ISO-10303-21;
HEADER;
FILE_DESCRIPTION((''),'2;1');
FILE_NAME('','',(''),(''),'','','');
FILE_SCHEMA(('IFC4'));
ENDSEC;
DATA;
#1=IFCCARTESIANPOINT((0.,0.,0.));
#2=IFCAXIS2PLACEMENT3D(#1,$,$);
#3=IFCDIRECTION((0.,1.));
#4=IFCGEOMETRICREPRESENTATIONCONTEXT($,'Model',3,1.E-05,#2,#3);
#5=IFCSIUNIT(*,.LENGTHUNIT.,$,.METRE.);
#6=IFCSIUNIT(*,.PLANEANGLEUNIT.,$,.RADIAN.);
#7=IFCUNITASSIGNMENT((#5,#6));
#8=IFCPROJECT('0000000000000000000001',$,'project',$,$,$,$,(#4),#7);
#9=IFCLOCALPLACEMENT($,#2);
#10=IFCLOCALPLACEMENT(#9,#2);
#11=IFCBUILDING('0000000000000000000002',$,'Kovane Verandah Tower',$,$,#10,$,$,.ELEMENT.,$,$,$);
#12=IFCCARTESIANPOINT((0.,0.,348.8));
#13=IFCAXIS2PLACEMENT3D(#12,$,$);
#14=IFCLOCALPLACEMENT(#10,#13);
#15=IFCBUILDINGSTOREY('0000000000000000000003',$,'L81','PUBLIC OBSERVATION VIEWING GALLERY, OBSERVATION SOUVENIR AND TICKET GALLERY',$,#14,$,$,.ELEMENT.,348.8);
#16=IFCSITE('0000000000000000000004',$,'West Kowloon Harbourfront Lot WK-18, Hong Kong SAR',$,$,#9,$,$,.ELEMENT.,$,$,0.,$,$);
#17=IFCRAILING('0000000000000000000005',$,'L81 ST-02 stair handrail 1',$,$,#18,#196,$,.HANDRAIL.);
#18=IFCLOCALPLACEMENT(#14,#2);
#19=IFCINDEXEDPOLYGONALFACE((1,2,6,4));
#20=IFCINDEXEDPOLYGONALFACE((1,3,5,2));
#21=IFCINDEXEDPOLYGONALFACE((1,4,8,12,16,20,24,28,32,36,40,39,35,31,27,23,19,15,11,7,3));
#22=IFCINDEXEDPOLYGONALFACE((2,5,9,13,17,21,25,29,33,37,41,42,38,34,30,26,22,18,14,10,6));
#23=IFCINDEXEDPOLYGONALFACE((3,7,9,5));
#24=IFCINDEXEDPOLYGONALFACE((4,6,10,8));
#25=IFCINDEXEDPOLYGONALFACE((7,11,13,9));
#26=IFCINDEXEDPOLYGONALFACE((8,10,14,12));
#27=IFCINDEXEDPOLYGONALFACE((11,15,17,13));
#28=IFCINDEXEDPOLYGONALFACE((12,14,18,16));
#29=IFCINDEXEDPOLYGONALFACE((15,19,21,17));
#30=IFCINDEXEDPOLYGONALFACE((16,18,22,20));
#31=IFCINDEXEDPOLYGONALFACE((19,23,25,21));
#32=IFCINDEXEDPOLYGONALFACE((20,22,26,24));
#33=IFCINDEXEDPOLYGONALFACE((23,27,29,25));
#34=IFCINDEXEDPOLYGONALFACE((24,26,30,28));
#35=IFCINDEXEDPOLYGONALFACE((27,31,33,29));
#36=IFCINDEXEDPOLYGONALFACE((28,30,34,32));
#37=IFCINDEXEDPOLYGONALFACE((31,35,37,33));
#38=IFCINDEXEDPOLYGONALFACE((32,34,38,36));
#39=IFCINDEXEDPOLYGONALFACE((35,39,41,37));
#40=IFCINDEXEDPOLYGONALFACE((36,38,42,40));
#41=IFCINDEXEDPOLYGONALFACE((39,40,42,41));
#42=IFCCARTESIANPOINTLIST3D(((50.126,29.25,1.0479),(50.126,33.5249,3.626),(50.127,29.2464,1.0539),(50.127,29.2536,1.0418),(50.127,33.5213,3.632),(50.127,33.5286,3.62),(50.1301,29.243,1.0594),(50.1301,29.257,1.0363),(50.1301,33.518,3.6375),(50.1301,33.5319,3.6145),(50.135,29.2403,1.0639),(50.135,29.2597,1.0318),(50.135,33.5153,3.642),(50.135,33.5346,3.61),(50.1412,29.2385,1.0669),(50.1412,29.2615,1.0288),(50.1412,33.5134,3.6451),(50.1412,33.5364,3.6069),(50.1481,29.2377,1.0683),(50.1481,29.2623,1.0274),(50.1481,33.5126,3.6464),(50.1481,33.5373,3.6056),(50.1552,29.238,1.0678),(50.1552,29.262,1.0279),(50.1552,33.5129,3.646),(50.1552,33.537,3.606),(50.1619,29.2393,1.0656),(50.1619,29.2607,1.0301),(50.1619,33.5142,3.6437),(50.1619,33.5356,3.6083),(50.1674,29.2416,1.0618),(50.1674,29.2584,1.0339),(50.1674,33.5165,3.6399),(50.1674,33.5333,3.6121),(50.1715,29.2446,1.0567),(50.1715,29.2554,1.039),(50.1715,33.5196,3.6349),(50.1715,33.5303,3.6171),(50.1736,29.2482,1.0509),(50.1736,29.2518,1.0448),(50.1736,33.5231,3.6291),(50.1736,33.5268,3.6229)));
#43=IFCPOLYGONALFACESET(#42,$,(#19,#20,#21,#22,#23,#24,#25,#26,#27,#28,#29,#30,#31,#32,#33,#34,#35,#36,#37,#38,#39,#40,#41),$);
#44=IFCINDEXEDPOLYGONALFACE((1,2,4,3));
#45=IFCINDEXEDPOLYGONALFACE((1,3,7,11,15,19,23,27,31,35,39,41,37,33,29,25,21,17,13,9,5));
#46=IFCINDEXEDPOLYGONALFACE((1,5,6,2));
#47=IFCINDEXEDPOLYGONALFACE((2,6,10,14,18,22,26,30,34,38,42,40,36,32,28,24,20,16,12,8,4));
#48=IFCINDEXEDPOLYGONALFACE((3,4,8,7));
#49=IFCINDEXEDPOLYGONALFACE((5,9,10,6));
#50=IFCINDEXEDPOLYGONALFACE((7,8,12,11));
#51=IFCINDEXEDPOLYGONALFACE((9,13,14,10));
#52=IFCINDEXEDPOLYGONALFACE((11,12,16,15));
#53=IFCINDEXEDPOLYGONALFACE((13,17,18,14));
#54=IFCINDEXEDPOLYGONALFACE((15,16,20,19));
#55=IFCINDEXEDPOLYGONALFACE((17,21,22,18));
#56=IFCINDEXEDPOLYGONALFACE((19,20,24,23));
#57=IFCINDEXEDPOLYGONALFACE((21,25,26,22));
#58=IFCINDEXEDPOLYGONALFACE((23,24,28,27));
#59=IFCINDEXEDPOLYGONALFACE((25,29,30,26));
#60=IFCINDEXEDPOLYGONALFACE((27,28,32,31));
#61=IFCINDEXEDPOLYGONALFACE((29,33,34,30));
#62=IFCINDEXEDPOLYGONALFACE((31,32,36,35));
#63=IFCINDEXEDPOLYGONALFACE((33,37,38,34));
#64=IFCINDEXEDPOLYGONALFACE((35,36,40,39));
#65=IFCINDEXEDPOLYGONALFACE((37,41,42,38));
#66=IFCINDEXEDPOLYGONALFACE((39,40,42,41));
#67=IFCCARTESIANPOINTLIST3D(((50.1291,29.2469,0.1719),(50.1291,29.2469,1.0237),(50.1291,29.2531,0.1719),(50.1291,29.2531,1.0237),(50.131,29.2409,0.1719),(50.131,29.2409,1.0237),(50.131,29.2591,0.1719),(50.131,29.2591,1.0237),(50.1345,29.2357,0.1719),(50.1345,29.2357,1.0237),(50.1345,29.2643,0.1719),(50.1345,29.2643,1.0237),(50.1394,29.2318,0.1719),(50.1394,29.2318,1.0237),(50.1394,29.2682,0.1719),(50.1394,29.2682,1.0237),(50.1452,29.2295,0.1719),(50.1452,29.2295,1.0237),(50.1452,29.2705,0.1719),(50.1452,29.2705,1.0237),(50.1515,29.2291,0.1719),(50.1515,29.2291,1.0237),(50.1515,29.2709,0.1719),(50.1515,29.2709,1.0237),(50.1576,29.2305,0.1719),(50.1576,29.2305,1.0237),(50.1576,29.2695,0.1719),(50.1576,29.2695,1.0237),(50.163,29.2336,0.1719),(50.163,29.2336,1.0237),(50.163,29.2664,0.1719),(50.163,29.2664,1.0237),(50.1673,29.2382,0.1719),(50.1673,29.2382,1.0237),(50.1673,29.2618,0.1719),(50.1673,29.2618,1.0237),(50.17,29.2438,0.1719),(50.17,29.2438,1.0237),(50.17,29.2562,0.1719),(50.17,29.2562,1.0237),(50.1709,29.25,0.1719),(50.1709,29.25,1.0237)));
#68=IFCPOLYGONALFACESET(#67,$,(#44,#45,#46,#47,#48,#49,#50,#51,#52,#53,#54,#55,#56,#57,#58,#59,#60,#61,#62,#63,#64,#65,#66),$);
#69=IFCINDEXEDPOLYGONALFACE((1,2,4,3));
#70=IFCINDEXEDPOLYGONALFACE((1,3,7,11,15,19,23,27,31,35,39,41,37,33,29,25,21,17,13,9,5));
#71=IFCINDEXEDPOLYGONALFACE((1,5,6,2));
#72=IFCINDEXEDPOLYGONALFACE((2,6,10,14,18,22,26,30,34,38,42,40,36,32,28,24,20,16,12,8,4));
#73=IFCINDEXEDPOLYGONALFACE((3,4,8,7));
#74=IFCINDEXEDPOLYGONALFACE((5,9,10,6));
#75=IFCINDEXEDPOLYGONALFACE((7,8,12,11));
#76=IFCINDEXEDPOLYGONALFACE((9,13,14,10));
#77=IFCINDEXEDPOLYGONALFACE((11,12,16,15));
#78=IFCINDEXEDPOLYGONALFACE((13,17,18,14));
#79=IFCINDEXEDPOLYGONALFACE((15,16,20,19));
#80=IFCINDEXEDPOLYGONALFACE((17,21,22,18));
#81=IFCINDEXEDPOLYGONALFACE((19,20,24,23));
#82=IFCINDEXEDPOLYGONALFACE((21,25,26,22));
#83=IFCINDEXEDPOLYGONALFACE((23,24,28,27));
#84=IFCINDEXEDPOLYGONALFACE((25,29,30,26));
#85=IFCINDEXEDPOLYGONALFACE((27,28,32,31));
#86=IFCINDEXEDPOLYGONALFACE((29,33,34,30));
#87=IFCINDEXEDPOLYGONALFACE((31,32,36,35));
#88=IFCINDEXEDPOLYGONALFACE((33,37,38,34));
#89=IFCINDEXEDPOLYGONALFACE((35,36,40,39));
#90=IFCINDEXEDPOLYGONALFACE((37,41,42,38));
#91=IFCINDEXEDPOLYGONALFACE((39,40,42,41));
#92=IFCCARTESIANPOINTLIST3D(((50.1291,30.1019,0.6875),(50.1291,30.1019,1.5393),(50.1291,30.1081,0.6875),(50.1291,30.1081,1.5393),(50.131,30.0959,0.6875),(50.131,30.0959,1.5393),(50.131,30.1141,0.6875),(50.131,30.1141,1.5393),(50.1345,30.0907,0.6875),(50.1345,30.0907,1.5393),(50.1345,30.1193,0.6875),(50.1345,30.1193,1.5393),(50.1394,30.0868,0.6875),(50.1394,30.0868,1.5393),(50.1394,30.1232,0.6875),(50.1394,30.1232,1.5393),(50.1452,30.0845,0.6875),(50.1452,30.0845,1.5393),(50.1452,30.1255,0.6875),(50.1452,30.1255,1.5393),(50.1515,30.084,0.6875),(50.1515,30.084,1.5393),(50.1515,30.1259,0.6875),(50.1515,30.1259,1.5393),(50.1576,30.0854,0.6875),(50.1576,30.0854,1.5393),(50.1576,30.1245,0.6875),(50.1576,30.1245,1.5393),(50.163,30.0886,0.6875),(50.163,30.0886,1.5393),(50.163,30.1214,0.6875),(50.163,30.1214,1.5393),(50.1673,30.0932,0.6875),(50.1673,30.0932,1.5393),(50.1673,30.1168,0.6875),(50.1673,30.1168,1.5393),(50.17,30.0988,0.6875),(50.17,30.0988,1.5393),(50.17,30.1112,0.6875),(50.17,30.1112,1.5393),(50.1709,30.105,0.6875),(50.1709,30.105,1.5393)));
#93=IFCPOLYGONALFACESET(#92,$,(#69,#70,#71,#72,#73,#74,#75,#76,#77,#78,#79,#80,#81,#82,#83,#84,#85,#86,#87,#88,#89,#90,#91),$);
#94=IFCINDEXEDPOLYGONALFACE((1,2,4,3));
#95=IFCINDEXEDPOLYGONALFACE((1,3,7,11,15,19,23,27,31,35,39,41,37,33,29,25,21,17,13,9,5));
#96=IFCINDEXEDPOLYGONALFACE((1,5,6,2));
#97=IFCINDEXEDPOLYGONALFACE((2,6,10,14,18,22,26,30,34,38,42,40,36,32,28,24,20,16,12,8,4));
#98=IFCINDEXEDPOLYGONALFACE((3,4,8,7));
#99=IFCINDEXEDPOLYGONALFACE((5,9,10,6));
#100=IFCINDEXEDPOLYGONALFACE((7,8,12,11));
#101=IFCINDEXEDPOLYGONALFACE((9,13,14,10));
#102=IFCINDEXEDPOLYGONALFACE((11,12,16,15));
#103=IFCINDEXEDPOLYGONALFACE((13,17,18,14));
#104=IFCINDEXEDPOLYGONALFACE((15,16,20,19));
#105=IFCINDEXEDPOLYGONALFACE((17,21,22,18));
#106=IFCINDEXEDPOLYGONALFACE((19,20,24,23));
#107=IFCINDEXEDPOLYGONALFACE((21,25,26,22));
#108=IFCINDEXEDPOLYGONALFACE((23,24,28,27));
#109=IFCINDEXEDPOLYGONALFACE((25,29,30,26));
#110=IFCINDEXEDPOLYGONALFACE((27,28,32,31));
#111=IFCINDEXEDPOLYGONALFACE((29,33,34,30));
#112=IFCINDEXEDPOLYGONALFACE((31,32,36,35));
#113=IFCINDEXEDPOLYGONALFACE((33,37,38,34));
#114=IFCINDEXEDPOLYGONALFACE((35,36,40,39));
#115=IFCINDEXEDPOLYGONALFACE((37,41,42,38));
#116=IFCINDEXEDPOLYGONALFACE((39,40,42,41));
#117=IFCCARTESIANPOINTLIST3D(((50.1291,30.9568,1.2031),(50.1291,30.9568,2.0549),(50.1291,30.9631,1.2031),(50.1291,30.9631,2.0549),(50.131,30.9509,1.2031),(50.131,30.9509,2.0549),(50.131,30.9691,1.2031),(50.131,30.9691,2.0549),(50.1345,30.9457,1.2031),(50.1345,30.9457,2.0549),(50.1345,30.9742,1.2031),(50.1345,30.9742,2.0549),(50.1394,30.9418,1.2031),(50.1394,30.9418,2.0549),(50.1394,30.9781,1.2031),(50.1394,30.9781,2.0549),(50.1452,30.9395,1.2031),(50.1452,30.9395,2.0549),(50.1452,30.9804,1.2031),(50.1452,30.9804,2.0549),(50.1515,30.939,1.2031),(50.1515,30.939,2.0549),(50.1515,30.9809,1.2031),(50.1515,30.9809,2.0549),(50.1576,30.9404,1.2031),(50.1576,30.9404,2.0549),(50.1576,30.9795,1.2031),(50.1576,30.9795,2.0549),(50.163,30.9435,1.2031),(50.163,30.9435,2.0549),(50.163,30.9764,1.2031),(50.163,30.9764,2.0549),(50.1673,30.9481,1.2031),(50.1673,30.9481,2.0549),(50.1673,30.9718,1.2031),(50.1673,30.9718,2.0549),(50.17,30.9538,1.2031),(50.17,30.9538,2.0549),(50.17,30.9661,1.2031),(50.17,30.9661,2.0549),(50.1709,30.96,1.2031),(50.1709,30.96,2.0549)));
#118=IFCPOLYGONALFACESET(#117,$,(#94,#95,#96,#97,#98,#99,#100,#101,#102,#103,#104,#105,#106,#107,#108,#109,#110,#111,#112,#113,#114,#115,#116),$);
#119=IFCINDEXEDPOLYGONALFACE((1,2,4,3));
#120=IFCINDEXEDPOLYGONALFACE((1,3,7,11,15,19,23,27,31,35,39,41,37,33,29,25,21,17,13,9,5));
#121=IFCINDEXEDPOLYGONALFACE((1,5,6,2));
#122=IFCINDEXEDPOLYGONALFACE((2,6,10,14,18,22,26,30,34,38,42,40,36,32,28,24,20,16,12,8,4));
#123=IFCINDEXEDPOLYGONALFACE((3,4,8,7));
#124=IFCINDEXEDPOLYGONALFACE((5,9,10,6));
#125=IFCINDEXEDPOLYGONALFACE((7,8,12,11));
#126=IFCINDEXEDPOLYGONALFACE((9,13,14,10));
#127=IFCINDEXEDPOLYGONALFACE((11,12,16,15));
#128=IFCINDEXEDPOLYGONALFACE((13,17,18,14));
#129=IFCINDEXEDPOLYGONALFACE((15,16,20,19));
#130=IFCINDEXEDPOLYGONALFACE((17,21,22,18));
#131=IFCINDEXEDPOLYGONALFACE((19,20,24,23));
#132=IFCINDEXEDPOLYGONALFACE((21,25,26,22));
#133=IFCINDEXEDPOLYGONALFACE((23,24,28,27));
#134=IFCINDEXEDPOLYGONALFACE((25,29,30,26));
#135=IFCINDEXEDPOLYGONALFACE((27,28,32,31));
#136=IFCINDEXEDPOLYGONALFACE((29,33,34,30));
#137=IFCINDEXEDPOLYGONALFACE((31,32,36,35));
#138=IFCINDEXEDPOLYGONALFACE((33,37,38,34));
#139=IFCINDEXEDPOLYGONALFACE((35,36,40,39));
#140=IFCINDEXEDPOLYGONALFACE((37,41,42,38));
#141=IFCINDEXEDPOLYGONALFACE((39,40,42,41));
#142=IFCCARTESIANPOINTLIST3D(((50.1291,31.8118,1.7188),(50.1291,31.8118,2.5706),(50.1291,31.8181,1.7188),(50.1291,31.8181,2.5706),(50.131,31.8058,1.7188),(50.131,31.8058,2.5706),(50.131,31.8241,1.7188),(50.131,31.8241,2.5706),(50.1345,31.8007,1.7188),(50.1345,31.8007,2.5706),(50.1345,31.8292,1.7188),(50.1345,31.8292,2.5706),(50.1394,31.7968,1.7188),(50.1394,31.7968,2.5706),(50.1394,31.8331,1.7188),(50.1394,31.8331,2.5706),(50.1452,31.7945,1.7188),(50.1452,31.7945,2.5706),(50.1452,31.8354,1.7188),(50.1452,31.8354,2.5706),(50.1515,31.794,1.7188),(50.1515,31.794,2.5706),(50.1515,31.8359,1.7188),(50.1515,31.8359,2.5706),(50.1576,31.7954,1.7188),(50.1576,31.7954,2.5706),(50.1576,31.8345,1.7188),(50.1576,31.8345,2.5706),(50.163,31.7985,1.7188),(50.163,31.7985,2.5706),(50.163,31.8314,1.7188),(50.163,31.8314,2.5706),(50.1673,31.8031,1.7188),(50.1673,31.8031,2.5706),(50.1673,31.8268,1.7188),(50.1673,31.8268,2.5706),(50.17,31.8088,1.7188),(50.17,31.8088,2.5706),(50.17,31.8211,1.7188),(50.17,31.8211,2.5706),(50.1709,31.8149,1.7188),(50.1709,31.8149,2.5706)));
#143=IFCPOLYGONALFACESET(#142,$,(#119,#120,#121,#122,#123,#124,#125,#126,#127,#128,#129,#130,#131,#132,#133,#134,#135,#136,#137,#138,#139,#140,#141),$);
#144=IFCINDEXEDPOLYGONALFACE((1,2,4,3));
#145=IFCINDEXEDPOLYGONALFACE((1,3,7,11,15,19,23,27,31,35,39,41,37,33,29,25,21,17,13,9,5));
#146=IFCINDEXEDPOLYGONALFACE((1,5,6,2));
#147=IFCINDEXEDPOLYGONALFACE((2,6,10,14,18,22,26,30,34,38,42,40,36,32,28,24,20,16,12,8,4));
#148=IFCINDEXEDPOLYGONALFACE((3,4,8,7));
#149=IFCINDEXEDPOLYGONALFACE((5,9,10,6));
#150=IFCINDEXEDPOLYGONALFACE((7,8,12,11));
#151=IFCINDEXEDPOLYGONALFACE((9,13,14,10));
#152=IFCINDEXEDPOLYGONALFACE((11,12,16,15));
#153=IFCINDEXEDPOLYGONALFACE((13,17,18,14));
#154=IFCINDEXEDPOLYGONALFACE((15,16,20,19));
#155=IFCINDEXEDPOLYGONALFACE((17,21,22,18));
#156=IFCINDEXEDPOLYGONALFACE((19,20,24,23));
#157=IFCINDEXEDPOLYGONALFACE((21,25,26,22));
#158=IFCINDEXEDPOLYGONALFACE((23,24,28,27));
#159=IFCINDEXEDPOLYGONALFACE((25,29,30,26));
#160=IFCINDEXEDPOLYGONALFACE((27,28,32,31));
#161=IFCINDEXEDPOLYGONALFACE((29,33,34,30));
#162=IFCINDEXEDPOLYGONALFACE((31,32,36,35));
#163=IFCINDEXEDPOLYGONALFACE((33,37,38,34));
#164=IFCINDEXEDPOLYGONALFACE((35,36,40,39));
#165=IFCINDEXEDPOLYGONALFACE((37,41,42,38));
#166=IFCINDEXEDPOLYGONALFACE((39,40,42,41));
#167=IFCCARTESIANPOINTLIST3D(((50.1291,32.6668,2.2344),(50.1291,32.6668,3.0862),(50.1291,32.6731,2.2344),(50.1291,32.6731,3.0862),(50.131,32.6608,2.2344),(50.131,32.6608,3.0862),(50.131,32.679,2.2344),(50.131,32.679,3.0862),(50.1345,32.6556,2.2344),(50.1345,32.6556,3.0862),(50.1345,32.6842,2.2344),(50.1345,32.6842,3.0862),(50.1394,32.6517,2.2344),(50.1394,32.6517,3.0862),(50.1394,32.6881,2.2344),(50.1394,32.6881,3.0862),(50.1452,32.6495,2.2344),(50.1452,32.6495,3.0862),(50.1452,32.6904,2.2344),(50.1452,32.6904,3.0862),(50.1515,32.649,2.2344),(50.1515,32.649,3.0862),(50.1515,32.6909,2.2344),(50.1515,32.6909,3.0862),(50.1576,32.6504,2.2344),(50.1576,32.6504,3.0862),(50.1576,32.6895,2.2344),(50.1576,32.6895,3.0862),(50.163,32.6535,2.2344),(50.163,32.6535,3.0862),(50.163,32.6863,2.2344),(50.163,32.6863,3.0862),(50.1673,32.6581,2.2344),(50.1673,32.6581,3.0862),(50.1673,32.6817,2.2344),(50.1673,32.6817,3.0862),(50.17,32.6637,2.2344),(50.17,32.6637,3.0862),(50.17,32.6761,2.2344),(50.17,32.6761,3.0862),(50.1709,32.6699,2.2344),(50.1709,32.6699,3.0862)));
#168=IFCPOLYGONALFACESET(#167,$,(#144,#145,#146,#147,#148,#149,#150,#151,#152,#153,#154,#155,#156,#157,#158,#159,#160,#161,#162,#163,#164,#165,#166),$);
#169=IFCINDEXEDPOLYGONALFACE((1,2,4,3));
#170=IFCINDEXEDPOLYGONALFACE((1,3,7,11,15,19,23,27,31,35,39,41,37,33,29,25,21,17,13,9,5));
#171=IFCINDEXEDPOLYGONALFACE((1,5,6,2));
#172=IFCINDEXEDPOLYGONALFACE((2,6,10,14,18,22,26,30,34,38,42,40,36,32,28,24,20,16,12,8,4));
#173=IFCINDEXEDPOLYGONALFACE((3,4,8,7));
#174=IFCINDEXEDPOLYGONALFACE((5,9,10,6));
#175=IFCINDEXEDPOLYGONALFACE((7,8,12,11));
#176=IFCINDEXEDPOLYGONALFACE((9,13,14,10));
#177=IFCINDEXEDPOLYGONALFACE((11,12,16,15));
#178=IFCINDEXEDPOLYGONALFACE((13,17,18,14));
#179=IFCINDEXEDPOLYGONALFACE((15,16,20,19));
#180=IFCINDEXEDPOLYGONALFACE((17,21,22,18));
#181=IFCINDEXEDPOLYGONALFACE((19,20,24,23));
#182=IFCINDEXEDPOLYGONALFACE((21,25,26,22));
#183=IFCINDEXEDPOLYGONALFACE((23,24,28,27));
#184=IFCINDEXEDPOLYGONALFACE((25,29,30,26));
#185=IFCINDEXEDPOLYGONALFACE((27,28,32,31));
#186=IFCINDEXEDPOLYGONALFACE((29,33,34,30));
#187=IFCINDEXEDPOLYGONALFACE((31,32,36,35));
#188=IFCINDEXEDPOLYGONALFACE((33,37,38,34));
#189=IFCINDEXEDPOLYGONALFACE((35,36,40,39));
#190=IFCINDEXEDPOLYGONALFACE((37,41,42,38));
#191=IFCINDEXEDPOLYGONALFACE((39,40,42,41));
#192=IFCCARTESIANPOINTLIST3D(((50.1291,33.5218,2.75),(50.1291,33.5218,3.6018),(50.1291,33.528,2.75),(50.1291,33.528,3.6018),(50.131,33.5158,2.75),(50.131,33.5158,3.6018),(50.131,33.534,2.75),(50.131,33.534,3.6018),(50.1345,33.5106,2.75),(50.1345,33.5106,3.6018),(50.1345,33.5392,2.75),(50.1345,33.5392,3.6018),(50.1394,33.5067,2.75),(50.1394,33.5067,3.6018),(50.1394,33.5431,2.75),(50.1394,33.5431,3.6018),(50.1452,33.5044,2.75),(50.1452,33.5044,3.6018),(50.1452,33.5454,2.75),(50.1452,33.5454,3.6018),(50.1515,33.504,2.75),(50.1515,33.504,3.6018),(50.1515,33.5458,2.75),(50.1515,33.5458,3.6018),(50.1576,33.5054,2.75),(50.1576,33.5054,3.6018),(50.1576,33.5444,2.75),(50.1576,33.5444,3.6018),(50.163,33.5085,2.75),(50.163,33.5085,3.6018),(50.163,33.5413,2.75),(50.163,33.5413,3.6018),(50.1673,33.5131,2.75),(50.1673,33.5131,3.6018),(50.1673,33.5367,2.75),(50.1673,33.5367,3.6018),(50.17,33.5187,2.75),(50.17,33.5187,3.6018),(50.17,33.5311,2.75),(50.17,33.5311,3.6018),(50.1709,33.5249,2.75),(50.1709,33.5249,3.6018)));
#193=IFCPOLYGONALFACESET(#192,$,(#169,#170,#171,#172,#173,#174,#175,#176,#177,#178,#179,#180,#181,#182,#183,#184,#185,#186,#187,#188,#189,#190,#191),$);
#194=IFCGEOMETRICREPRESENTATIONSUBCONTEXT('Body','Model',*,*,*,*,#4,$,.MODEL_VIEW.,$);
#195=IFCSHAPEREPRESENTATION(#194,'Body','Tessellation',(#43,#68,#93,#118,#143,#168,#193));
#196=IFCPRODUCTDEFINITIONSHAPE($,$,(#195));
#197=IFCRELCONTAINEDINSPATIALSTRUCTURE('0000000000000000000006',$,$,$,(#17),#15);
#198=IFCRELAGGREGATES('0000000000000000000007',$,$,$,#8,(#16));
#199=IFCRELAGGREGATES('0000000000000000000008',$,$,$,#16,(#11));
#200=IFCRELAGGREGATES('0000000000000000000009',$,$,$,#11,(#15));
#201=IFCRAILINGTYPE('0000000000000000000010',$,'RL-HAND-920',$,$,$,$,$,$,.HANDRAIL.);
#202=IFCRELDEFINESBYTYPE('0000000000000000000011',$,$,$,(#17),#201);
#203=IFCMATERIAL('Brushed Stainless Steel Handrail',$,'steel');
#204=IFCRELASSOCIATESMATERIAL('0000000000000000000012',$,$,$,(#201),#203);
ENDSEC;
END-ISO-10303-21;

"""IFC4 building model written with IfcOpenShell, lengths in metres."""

from ifc_helpers import new_model, si_unit, direction, frame, origin, origin_2d, place, context, subcontext, project, spatial, circle, extrude, material, type_object, element, save


model = new_model("IFC4")

# Units and contexts
model_context = context("Model", 3, precision=1e-05, world=origin(), true_north=direction((0.0, 1.0)))
body_context = subcontext(model_context, "Body", "Model", "MODEL_VIEW")
ifc_project = project(units=[si_unit("LENGTHUNIT", "METRE"), si_unit("PLANEANGLEUNIT", "RADIAN")], contexts=[model_context])

# Site, building, storey
site_placement = place(None, origin())
site = spatial("IfcSite", under=ifc_project, at=site_placement, Name="West Kowloon Harbourfront Lot WK-18, Hong Kong SAR", CompositionType="ELEMENT", RefElevation=0.0)
building_placement = place(site_placement, origin())
building = spatial("IfcBuilding", under=site, at=building_placement, Name="Kovane Verandah Tower", CompositionType="ELEMENT")
storey_placement = place(building_placement, frame((0.0, 0.0, 348.8)))
storey = spatial("IfcBuildingStorey", under=building, at=storey_placement, Name="L81", Description="PUBLIC OBSERVATION VIEWING GALLERY, OBSERVATION SOUVENIR AND TICKET GALLERY", CompositionType="ELEMENT", Elevation=348.8)

# Railing
ifc_material_1 = material(Name="Brushed Stainless Steel Handrail", Category="steel")
railing_type_1 = type_object("IfcRailingType", Name="RL-HAND-920", PredefinedType="HANDRAIL", material=ifc_material_1)
railing_1_placement = place(storey_placement, frame((50.1499, 29.25, 0.1719)))
element("IfcRailing", 1, at=railing_1_placement, inside=storey, type_object=railing_type_1, Name="L81 ST-02 stair handrail 1", PredefinedType="HANDRAIL", context=body_context, shape_type="SweptSolid", body=[
    extrude(circle(Radius=0.0239, at=origin_2d()), frame((0.0, 0.0, 0.876), z_axis=(0.0, 0.856326, 0.516436), x_axis=(-1.0, 0.0, 0.0)), (0.0, 0.0, 1.0), 4.9922),
    extrude(circle(Radius=0.021, at=origin_2d()), origin(), (0.0, 0.0, 1.0), 0.8518),
    extrude(circle(Radius=0.021, at=origin_2d()), frame((0.0, 0.855, 0.5156)), (0.0, 0.0, 1.0), 0.8518),
    extrude(circle(Radius=0.021, at=origin_2d()), frame((0.0, 1.71, 1.0312)), (0.0, 0.0, 1.0), 0.8518),
    extrude(circle(Radius=0.021, at=origin_2d()), frame((0.0, 2.5649, 1.5469)), (0.0, 0.0, 1.0), 0.8518),
    extrude(circle(Radius=0.021, at=origin_2d()), frame((0.0, 3.4199, 2.0625)), (0.0, 0.0, 1.0), 0.8518),
    extrude(circle(Radius=0.021, at=origin_2d()), frame((0.0, 4.2749, 2.5781)), (0.0, 0.0, 1.0), 0.8518),
])

save(model, "model.ifc")
